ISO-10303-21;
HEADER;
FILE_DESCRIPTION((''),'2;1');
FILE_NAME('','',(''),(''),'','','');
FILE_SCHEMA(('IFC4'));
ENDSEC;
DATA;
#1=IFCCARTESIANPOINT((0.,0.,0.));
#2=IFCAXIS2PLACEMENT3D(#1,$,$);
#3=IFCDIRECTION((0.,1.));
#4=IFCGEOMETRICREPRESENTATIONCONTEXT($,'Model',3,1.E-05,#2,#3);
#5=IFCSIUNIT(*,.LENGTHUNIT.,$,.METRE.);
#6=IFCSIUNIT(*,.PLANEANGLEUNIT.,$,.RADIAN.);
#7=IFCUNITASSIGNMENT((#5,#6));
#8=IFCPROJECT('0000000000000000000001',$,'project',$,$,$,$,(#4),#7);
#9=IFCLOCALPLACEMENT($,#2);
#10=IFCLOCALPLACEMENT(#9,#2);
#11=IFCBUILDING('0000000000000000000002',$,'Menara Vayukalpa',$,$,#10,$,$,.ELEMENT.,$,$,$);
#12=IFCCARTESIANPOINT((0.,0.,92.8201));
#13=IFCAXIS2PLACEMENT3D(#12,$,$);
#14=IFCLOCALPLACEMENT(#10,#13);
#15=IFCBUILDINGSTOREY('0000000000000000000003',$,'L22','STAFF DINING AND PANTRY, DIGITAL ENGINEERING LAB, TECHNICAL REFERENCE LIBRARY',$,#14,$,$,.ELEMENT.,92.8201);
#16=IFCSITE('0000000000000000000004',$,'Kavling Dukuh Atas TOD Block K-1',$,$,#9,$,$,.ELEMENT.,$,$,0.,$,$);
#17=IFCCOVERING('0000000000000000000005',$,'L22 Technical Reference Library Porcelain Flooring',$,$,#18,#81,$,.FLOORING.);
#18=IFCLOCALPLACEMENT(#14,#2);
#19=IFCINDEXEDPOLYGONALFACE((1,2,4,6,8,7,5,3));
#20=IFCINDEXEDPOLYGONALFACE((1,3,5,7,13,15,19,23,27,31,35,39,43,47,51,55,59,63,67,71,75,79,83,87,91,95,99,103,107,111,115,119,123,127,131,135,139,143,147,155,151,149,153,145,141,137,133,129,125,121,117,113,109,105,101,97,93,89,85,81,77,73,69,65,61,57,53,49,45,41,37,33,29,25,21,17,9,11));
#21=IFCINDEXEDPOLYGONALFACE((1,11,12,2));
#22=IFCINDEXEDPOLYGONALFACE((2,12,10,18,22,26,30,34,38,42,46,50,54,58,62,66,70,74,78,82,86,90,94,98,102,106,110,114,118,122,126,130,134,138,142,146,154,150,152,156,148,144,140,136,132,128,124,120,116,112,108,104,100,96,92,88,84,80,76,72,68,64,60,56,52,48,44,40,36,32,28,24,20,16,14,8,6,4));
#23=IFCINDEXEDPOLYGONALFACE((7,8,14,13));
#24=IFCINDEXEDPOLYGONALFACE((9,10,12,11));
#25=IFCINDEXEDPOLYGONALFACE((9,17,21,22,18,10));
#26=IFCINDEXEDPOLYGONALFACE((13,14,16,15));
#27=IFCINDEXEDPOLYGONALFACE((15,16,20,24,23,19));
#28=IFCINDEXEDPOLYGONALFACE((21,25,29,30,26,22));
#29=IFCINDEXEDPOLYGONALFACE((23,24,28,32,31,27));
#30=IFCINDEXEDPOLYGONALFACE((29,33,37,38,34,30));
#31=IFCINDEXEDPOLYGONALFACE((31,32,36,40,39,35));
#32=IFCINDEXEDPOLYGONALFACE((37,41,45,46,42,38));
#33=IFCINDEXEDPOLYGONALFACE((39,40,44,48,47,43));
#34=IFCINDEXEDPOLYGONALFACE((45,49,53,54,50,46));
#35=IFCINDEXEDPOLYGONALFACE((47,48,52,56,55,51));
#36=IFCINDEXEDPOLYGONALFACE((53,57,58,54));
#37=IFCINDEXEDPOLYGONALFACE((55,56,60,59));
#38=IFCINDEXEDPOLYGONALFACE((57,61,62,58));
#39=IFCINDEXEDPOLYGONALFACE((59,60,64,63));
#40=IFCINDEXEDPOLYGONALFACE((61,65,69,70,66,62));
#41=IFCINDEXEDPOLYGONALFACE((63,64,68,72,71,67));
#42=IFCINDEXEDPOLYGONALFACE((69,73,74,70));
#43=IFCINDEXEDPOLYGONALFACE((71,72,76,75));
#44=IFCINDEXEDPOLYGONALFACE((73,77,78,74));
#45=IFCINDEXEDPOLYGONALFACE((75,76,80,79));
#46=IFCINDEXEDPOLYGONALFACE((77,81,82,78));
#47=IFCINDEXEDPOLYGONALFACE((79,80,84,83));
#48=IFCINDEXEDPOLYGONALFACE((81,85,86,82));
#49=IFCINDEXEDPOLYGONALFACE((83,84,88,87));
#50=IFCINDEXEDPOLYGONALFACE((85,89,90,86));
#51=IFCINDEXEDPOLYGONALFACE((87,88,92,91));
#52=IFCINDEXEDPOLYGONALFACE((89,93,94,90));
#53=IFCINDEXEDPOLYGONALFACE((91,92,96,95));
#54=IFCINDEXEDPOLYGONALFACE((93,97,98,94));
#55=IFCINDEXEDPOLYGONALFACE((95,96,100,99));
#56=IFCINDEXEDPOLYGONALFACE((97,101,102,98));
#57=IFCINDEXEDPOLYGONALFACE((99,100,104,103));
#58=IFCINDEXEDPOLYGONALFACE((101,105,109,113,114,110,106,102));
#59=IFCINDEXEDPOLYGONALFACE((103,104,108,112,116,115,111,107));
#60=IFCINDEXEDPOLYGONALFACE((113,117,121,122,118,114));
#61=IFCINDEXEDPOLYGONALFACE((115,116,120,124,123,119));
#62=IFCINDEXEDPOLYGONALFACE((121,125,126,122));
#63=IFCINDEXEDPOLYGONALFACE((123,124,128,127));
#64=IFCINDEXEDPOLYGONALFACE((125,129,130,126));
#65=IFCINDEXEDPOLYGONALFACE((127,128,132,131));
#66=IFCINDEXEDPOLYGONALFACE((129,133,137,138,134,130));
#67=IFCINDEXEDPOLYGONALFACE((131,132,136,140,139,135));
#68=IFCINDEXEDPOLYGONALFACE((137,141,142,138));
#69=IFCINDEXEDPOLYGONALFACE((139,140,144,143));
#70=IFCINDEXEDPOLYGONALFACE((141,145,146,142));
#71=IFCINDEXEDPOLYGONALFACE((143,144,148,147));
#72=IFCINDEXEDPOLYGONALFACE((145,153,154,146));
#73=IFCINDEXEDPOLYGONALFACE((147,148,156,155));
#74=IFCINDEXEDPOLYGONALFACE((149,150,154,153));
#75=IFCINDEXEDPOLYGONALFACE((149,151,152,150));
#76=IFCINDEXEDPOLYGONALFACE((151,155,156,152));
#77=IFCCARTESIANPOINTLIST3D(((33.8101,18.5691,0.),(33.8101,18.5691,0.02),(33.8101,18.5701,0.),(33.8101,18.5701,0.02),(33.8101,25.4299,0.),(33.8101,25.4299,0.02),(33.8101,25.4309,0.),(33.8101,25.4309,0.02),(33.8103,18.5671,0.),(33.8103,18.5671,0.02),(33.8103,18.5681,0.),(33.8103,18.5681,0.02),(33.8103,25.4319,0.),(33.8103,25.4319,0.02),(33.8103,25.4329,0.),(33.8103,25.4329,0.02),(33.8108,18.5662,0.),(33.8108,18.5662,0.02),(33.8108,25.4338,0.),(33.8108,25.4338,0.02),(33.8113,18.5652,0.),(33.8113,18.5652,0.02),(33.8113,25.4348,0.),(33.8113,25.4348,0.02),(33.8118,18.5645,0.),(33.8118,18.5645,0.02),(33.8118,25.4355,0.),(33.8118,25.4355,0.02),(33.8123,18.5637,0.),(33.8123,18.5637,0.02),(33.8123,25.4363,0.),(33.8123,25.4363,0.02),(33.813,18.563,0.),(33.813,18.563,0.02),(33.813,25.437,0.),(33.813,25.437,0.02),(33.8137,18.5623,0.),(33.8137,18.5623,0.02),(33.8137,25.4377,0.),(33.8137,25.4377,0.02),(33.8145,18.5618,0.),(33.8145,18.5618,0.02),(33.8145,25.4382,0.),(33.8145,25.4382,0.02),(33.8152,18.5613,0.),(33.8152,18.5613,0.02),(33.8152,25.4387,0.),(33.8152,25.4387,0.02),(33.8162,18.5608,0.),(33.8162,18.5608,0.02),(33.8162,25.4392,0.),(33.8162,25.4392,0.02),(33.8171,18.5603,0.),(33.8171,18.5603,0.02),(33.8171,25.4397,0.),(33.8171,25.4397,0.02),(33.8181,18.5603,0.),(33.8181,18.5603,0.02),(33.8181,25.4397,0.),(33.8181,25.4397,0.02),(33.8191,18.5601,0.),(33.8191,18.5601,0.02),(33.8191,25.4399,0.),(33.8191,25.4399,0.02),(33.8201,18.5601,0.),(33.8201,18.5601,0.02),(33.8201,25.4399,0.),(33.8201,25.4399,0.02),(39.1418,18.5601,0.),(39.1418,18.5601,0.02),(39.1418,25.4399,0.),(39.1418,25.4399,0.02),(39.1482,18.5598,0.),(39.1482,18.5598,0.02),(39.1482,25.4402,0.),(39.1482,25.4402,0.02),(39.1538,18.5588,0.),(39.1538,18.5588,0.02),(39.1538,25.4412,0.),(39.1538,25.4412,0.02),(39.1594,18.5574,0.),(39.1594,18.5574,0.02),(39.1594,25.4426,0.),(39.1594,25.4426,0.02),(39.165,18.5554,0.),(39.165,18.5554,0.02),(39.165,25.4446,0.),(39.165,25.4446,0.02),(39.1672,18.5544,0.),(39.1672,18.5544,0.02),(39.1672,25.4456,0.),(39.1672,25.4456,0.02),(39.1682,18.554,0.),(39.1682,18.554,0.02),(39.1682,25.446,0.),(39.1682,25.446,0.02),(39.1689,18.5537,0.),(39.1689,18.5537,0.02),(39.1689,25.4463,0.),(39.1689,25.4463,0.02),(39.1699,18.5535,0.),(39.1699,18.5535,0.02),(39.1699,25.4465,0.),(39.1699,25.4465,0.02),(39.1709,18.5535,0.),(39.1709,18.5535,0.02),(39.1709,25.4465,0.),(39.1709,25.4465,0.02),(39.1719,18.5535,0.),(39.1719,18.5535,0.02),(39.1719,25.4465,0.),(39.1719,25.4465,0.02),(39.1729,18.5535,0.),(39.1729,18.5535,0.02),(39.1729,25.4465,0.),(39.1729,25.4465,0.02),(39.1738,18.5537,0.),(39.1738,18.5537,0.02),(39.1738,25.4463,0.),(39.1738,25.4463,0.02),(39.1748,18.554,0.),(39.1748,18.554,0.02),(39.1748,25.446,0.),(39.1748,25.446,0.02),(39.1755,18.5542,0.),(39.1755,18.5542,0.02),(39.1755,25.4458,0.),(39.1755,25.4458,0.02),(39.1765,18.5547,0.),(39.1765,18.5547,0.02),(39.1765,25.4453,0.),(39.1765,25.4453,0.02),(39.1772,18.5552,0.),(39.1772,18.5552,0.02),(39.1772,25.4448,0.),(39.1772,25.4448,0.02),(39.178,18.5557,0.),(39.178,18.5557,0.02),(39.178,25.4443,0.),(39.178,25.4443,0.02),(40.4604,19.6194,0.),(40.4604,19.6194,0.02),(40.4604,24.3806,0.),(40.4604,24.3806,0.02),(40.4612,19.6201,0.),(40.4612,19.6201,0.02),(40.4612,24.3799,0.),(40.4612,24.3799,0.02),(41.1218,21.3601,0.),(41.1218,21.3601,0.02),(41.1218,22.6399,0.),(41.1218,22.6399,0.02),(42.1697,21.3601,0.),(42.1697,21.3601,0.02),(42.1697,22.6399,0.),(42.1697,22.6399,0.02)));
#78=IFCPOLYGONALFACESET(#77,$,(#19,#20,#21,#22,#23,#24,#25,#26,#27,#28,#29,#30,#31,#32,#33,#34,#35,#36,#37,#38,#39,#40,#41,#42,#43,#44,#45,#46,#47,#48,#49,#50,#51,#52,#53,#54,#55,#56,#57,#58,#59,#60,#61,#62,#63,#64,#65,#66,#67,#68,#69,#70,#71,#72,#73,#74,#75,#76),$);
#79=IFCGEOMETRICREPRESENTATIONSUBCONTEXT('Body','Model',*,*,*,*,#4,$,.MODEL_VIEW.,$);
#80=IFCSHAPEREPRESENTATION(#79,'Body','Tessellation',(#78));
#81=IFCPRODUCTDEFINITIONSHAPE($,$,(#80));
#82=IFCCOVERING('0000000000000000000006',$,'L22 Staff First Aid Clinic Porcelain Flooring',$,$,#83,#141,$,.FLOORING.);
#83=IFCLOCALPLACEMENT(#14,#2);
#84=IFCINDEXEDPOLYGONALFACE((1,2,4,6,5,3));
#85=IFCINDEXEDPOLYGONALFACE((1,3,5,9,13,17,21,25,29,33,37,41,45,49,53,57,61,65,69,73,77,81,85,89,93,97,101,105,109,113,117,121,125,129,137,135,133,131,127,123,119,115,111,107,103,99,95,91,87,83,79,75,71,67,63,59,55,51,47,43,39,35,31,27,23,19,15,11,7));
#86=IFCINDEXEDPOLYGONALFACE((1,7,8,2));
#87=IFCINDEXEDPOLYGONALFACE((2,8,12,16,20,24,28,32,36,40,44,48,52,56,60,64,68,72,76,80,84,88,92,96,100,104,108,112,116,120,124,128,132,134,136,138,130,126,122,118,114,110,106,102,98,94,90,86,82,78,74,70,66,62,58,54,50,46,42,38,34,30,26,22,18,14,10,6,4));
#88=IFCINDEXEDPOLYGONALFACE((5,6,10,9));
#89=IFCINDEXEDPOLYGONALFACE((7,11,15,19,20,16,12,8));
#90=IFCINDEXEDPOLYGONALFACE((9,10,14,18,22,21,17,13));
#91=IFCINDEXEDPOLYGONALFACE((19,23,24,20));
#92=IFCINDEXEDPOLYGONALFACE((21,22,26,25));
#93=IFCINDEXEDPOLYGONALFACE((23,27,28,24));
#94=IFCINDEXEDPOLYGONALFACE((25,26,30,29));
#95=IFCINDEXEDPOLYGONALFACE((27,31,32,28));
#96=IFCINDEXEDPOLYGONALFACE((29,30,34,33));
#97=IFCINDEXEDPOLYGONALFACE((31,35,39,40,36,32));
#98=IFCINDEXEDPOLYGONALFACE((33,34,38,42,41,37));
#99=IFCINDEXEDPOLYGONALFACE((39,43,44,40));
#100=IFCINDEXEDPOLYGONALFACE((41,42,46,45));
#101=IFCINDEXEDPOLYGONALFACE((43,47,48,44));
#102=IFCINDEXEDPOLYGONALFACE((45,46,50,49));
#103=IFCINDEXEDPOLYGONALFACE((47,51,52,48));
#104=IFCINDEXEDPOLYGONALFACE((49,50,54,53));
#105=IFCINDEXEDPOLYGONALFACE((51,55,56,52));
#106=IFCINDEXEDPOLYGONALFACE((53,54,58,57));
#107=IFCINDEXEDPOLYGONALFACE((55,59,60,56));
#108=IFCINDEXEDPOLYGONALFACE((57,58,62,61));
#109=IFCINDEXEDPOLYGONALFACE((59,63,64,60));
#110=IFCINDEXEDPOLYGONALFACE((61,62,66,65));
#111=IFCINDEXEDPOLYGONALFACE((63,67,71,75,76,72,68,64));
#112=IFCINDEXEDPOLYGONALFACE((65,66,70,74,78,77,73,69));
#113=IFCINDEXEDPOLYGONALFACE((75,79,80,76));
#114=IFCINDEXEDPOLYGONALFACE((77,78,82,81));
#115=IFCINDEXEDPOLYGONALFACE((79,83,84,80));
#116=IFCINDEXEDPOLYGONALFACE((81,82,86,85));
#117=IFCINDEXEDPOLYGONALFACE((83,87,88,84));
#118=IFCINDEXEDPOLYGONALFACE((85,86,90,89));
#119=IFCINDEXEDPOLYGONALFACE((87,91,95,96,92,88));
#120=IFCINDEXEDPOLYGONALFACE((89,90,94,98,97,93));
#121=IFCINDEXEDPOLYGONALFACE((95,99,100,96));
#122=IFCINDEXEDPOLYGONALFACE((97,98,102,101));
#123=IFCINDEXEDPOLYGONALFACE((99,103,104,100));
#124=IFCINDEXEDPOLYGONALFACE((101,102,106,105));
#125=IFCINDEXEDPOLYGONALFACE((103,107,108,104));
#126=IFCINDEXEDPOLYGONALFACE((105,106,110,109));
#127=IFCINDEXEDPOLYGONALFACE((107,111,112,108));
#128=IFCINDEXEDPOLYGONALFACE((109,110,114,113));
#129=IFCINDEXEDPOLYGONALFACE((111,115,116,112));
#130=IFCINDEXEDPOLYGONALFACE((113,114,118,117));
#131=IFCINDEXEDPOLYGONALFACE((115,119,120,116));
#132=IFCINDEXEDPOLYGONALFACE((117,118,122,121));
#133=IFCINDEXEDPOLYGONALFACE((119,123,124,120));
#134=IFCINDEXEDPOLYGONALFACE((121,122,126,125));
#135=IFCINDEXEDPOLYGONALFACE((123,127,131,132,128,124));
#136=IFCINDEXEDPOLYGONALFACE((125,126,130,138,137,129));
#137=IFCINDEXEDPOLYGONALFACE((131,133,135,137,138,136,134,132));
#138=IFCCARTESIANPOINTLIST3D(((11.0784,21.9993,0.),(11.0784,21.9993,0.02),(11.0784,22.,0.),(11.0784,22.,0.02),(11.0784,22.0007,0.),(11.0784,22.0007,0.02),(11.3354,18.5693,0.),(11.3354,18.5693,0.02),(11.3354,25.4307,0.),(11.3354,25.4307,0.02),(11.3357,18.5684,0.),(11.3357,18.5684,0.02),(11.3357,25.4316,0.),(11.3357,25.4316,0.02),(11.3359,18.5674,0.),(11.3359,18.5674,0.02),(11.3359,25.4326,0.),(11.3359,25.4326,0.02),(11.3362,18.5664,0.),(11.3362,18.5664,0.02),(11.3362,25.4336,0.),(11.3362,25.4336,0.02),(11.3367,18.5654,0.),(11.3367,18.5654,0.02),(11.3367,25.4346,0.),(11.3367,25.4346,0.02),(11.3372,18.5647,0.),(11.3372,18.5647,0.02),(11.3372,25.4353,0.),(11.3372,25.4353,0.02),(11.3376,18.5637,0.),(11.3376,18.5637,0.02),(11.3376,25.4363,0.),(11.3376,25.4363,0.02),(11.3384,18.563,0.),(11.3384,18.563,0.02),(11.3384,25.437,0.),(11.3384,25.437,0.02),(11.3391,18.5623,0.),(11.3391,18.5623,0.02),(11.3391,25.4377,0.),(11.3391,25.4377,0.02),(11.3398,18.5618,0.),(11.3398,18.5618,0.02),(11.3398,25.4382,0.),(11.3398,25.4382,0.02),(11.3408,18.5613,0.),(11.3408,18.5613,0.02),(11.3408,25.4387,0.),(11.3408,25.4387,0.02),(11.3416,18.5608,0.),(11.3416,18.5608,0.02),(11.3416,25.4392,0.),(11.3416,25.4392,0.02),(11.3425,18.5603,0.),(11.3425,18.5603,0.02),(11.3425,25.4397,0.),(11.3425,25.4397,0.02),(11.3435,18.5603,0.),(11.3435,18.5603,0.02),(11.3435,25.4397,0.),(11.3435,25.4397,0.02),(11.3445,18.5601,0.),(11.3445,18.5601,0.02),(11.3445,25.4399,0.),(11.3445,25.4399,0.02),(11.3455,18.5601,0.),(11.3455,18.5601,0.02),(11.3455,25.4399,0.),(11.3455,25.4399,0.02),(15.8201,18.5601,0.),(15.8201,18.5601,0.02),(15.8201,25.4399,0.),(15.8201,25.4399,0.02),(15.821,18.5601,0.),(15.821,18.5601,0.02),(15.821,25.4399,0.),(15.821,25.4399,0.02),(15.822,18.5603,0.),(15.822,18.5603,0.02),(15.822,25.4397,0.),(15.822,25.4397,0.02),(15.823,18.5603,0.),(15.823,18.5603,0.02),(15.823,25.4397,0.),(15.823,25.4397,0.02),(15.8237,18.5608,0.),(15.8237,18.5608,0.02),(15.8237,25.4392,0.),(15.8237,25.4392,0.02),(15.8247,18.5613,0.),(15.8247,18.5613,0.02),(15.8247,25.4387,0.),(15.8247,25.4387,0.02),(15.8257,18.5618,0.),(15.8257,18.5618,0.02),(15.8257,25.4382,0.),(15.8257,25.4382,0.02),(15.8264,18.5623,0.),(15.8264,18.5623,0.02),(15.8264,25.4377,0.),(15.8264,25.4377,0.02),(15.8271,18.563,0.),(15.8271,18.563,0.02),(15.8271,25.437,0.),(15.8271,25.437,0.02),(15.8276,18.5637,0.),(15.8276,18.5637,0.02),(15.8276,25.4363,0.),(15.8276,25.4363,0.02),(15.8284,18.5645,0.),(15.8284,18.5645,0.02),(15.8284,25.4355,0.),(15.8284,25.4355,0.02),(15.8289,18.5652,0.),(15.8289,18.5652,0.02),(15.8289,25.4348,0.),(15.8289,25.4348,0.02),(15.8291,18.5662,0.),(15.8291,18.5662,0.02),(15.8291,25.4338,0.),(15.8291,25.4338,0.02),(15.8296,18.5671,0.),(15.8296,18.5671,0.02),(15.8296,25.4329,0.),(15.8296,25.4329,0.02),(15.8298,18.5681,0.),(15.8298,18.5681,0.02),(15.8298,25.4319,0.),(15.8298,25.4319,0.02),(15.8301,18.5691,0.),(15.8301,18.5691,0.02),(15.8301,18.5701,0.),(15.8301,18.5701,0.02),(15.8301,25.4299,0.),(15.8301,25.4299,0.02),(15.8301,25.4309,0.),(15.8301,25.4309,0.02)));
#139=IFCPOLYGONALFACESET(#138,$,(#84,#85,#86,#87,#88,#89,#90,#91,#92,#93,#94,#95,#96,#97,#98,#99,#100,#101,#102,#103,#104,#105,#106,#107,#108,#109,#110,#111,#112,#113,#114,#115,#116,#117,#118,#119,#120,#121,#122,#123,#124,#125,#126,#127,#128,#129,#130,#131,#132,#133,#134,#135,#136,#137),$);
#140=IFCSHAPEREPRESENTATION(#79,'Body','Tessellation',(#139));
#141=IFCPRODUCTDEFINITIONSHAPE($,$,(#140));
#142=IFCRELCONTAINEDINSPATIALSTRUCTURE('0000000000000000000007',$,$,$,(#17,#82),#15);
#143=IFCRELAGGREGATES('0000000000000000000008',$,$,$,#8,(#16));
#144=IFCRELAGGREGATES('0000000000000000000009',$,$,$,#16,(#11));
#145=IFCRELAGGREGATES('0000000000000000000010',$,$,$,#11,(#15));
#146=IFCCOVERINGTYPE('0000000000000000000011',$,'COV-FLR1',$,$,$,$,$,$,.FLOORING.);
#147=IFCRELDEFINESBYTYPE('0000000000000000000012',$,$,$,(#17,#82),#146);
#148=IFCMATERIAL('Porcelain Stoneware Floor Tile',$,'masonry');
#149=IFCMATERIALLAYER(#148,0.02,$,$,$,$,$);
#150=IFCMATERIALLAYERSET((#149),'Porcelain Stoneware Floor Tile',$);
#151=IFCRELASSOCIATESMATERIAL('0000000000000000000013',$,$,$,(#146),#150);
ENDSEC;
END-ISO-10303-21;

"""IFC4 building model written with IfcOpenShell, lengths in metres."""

from ifc_helpers import new_model, si_unit, direction, frame, origin, place, context, subcontext, project, spatial, polyline, outline, extrude, material, layer, layer_set, type_object, element, save


model = new_model("IFC4")

# Units and contexts
model_context = context("Model", 3, precision=1e-05, world=origin(), true_north=direction((0.0, 1.0)))
body_context = subcontext(model_context, "Body", "Model", "MODEL_VIEW")
ifc_project = project(units=[si_unit("LENGTHUNIT", "METRE"), si_unit("PLANEANGLEUNIT", "RADIAN")], contexts=[model_context])

# Site, building, storey
site_placement = place(None, origin())
site = spatial("IfcSite", under=ifc_project, at=site_placement, Name="Kavling Dukuh Atas TOD Block K-1", CompositionType="ELEMENT", RefElevation=0.0)
building_placement = place(site_placement, origin())
building = spatial("IfcBuilding", under=site, at=building_placement, Name="Menara Vayukalpa", CompositionType="ELEMENT")
storey_placement = place(building_placement, frame((0.0, 0.0, 92.8201)))
storey = spatial("IfcBuildingStorey", under=building, at=storey_placement, Name="L22", Description="STAFF DINING AND PANTRY, DIGITAL ENGINEERING LAB, TECHNICAL REFERENCE LIBRARY", CompositionType="ELEMENT", Elevation=92.8201)

# Coverings
ifc_material_1 = material(Name="Porcelain Stoneware Floor Tile", Category="masonry")
ifc_layer_1 = layer(ifc_material_1, 0.02)
ifc_layer_set_1 = layer_set([ifc_layer_1], Name="Porcelain Stoneware Floor Tile")
covering_type_1 = type_object("IfcCoveringType", Name="COV-FLR1", PredefinedType="FLOORING", material=ifc_layer_set_1)
covering_1_placement = place(storey_placement, origin())
element("IfcCovering", 1, at=covering_1_placement, inside=storey, type_object=covering_type_1, Name="L22 Technical Reference Library Porcelain Flooring", PredefinedType="FLOORING", context=body_context, shape_type="SweptSolid", body=[
    extrude(outline(polyline([(42.1697, 22.6399), (41.1218, 22.6399), (41.1218, 21.3601), (42.1697, 21.3601), (40.4612, 19.6201), (40.4604, 19.6194), (39.178, 18.5557), (39.1772, 18.5552), (39.1765, 18.5547), (39.1755, 18.5542), (39.1748, 18.554), (39.1738, 18.5537), (39.1729, 18.5535), (39.1719, 18.5535), (39.1709, 18.5535), (39.1699, 18.5535), (39.1689, 18.5537), (39.1682, 18.554), (39.1672, 18.5544), (39.165, 18.5554), (39.1594, 18.5574), (39.1538, 18.5588), (39.1482, 18.5598), (39.1418, 18.5601), (33.8201, 18.5601), (33.8191, 18.5601), (33.8181, 18.5603), (33.8171, 18.5603), (33.8162, 18.5608), (33.8152, 18.5613), (33.8145, 18.5618), (33.8137, 18.5623), (33.813, 18.563), (33.8123, 18.5637), (33.8118, 18.5645), (33.8113, 18.5652), (33.8108, 18.5662), (33.8103, 18.5671), (33.8103, 18.5681), (33.8101, 18.5691), (33.8101, 18.5701), (33.8101, 25.4299), (33.8101, 25.4309), (33.8103, 25.4319), (33.8103, 25.4329), (33.8108, 25.4338), (33.8113, 25.4348), (33.8118, 25.4355), (33.8123, 25.4363), (33.813, 25.437), (33.8137, 25.4377), (33.8145, 25.4382), (33.8152, 25.4387), (33.8162, 25.4392), (33.8171, 25.4397), (33.8181, 25.4397), (33.8191, 25.4399), (33.8201, 25.4399), (39.1418, 25.4399), (39.1482, 25.4402), (39.1538, 25.4412), (39.1594, 25.4426), (39.165, 25.4446), (39.1672, 25.4456), (39.1682, 25.446), (39.1689, 25.4463), (39.1699, 25.4465), (39.1709, 25.4465), (39.1719, 25.4465), (39.1729, 25.4465), (39.1738, 25.4463), (39.1748, 25.446), (39.1755, 25.4458), (39.1765, 25.4453), (39.1772, 25.4448), (39.178, 25.4443), (40.4604, 24.3806), (40.4612, 24.3799), (42.1697, 22.6399)])), origin(), (0.0, 0.0, 1.0), 0.02),
])
covering_2_placement = place(storey_placement, origin())
element("IfcCovering", 2, at=covering_2_placement, inside=storey, type_object=covering_type_1, Name="L22 Staff First Aid Clinic Porcelain Flooring", PredefinedType="FLOORING", context=body_context, shape_type="SweptSolid", body=[
    extrude(outline(polyline([(11.0784, 22.0), (11.0784, 22.0007), (11.3354, 25.4307), (11.3357, 25.4316), (11.3359, 25.4326), (11.3362, 25.4336), (11.3367, 25.4346), (11.3372, 25.4353), (11.3376, 25.4363), (11.3384, 25.437), (11.3391, 25.4377), (11.3398, 25.4382), (11.3408, 25.4387), (11.3416, 25.4392), (11.3425, 25.4397), (11.3435, 25.4397), (11.3445, 25.4399), (11.3455, 25.4399), (15.8201, 25.4399), (15.821, 25.4399), (15.822, 25.4397), (15.823, 25.4397), (15.8237, 25.4392), (15.8247, 25.4387), (15.8257, 25.4382), (15.8264, 25.4377), (15.8271, 25.437), (15.8276, 25.4363), (15.8284, 25.4355), (15.8289, 25.4348), (15.8291, 25.4338), (15.8296, 25.4329), (15.8298, 25.4319), (15.8301, 25.4309), (15.8301, 25.4299), (15.8301, 18.5701), (15.8301, 18.5691), (15.8298, 18.5681), (15.8296, 18.5671), (15.8291, 18.5662), (15.8289, 18.5652), (15.8284, 18.5645), (15.8276, 18.5637), (15.8271, 18.563), (15.8264, 18.5623), (15.8257, 18.5618), (15.8247, 18.5613), (15.8237, 18.5608), (15.823, 18.5603), (15.822, 18.5603), (15.821, 18.5601), (15.8201, 18.5601), (11.3455, 18.5601), (11.3445, 18.5601), (11.3435, 18.5603), (11.3425, 18.5603), (11.3416, 18.5608), (11.3408, 18.5613), (11.3398, 18.5618), (11.3391, 18.5623), (11.3384, 18.563), (11.3376, 18.5637), (11.3372, 18.5647), (11.3367, 18.5654), (11.3362, 18.5664), (11.3359, 18.5674), (11.3357, 18.5684), (11.3354, 18.5693), (11.0784, 21.9993), (11.0784, 22.0)])), origin(), (0.0, 0.0, 1.0), 0.02),
])

save(model, "model.ifc")
